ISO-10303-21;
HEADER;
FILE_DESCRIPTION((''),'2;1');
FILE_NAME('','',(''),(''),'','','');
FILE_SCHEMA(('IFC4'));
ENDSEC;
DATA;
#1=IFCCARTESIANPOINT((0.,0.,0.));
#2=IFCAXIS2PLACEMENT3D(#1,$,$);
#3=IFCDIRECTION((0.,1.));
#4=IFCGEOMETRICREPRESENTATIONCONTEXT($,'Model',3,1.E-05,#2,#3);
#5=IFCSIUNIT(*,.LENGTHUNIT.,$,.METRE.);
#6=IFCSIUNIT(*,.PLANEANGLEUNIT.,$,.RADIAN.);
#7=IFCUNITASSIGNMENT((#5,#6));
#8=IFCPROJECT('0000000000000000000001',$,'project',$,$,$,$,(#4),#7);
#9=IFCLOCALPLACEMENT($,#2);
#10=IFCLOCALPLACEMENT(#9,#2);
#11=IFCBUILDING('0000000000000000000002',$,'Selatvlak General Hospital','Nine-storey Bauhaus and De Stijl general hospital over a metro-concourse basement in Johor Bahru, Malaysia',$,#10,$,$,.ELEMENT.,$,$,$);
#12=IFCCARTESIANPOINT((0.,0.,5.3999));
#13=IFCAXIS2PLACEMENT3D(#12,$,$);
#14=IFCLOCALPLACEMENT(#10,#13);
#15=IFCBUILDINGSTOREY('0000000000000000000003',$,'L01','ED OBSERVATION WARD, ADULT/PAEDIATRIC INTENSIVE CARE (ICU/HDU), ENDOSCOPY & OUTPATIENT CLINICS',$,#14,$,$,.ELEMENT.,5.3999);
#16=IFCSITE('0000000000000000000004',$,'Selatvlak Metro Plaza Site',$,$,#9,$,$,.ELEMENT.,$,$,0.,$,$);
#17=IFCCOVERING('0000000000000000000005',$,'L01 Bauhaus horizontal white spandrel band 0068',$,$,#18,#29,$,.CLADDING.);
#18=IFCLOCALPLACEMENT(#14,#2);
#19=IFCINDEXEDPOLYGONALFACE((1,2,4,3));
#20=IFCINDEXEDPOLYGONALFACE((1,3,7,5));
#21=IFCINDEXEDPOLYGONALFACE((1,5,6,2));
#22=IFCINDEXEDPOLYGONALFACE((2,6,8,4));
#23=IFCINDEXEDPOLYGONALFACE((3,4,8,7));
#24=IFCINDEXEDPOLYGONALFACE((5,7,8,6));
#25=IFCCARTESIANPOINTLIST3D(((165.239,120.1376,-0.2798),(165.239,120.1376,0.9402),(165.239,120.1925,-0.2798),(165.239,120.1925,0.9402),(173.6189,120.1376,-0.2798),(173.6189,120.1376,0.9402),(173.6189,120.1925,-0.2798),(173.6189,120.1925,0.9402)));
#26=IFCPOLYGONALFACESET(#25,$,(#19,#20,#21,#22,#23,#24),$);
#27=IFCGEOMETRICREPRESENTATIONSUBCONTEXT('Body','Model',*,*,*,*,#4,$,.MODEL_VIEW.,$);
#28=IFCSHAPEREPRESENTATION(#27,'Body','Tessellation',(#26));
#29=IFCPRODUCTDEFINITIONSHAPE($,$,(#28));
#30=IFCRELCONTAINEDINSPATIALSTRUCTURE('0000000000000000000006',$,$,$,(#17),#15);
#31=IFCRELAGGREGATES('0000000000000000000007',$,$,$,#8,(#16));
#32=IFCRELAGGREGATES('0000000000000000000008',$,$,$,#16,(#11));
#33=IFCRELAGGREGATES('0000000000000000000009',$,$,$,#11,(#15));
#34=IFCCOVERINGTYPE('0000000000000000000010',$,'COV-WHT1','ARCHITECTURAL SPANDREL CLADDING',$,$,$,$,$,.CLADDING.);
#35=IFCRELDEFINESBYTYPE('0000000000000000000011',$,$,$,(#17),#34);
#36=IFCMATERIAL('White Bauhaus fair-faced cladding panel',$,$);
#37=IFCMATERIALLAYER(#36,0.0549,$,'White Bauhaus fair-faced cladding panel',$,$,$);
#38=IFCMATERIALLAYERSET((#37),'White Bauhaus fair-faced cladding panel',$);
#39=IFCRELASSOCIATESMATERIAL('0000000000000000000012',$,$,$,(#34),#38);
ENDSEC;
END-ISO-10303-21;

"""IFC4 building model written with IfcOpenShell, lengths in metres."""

from ifc_helpers import new_model, si_unit, direction, frame, origin, origin_2d, place, context, subcontext, project, spatial, rectangle, extrude, material, layer, layer_set, type_object, element, save


model = new_model("IFC4")

# Units and contexts
model_context = context("Model", 3, precision=1e-05, world=origin(), true_north=direction((0.0, 1.0)))
body_context = subcontext(model_context, "Body", "Model", "MODEL_VIEW")
ifc_project = project(units=[si_unit("LENGTHUNIT", "METRE"), si_unit("PLANEANGLEUNIT", "RADIAN")], contexts=[model_context])

# Site, building, storey
site_placement = place(None, origin())
site = spatial("IfcSite", under=ifc_project, at=site_placement, Name="Selatvlak Metro Plaza Site", CompositionType="ELEMENT", RefElevation=0.0)
building_placement = place(site_placement, origin())
building = spatial("IfcBuilding", under=site, at=building_placement, Name="Selatvlak General Hospital", Description="Nine-storey Bauhaus and De Stijl general hospital over a metro-concourse basement in Johor Bahru, Malaysia", CompositionType="ELEMENT")
storey_placement = place(building_placement, frame((0.0, 0.0, 5.3999)))
storey = spatial("IfcBuildingStorey", under=building, at=storey_placement, Name="L01", Description="ED OBSERVATION WARD, ADULT/PAEDIATRIC INTENSIVE CARE (ICU/HDU), ENDOSCOPY & OUTPATIENT CLINICS", CompositionType="ELEMENT", Elevation=5.3999)

# Covering
ifc_material_1 = material(Name="White Bauhaus fair-faced cladding panel")
ifc_layer_1 = layer(ifc_material_1, 0.0549, Name="White Bauhaus fair-faced cladding panel")
ifc_layer_set_1 = layer_set([ifc_layer_1], Name="White Bauhaus fair-faced cladding panel")
covering_type = type_object("IfcCoveringType", Name="COV-WHT1", Description="ARCHITECTURAL SPANDREL CLADDING", PredefinedType="CLADDING", material=ifc_layer_set_1)
covering_placement = place(storey_placement, frame((169.429, 120.165, -0.2798), z_axis=(0.0, 0.0, 1.0), x_axis=(1.0, 0.0, 0.0)))
element("IfcCovering", 1, at=covering_placement, inside=storey, type_object=covering_type, Name="L01 Bauhaus horizontal white spandrel band 0068", PredefinedType="CLADDING", context=body_context, shape_type="SweptSolid", body=[
    extrude(rectangle(XDim=8.3799, YDim=0.0549, at=origin_2d()), origin(), (0.0, 0.0, 1.0), 1.22),
])

save(model, "model.ifc")
